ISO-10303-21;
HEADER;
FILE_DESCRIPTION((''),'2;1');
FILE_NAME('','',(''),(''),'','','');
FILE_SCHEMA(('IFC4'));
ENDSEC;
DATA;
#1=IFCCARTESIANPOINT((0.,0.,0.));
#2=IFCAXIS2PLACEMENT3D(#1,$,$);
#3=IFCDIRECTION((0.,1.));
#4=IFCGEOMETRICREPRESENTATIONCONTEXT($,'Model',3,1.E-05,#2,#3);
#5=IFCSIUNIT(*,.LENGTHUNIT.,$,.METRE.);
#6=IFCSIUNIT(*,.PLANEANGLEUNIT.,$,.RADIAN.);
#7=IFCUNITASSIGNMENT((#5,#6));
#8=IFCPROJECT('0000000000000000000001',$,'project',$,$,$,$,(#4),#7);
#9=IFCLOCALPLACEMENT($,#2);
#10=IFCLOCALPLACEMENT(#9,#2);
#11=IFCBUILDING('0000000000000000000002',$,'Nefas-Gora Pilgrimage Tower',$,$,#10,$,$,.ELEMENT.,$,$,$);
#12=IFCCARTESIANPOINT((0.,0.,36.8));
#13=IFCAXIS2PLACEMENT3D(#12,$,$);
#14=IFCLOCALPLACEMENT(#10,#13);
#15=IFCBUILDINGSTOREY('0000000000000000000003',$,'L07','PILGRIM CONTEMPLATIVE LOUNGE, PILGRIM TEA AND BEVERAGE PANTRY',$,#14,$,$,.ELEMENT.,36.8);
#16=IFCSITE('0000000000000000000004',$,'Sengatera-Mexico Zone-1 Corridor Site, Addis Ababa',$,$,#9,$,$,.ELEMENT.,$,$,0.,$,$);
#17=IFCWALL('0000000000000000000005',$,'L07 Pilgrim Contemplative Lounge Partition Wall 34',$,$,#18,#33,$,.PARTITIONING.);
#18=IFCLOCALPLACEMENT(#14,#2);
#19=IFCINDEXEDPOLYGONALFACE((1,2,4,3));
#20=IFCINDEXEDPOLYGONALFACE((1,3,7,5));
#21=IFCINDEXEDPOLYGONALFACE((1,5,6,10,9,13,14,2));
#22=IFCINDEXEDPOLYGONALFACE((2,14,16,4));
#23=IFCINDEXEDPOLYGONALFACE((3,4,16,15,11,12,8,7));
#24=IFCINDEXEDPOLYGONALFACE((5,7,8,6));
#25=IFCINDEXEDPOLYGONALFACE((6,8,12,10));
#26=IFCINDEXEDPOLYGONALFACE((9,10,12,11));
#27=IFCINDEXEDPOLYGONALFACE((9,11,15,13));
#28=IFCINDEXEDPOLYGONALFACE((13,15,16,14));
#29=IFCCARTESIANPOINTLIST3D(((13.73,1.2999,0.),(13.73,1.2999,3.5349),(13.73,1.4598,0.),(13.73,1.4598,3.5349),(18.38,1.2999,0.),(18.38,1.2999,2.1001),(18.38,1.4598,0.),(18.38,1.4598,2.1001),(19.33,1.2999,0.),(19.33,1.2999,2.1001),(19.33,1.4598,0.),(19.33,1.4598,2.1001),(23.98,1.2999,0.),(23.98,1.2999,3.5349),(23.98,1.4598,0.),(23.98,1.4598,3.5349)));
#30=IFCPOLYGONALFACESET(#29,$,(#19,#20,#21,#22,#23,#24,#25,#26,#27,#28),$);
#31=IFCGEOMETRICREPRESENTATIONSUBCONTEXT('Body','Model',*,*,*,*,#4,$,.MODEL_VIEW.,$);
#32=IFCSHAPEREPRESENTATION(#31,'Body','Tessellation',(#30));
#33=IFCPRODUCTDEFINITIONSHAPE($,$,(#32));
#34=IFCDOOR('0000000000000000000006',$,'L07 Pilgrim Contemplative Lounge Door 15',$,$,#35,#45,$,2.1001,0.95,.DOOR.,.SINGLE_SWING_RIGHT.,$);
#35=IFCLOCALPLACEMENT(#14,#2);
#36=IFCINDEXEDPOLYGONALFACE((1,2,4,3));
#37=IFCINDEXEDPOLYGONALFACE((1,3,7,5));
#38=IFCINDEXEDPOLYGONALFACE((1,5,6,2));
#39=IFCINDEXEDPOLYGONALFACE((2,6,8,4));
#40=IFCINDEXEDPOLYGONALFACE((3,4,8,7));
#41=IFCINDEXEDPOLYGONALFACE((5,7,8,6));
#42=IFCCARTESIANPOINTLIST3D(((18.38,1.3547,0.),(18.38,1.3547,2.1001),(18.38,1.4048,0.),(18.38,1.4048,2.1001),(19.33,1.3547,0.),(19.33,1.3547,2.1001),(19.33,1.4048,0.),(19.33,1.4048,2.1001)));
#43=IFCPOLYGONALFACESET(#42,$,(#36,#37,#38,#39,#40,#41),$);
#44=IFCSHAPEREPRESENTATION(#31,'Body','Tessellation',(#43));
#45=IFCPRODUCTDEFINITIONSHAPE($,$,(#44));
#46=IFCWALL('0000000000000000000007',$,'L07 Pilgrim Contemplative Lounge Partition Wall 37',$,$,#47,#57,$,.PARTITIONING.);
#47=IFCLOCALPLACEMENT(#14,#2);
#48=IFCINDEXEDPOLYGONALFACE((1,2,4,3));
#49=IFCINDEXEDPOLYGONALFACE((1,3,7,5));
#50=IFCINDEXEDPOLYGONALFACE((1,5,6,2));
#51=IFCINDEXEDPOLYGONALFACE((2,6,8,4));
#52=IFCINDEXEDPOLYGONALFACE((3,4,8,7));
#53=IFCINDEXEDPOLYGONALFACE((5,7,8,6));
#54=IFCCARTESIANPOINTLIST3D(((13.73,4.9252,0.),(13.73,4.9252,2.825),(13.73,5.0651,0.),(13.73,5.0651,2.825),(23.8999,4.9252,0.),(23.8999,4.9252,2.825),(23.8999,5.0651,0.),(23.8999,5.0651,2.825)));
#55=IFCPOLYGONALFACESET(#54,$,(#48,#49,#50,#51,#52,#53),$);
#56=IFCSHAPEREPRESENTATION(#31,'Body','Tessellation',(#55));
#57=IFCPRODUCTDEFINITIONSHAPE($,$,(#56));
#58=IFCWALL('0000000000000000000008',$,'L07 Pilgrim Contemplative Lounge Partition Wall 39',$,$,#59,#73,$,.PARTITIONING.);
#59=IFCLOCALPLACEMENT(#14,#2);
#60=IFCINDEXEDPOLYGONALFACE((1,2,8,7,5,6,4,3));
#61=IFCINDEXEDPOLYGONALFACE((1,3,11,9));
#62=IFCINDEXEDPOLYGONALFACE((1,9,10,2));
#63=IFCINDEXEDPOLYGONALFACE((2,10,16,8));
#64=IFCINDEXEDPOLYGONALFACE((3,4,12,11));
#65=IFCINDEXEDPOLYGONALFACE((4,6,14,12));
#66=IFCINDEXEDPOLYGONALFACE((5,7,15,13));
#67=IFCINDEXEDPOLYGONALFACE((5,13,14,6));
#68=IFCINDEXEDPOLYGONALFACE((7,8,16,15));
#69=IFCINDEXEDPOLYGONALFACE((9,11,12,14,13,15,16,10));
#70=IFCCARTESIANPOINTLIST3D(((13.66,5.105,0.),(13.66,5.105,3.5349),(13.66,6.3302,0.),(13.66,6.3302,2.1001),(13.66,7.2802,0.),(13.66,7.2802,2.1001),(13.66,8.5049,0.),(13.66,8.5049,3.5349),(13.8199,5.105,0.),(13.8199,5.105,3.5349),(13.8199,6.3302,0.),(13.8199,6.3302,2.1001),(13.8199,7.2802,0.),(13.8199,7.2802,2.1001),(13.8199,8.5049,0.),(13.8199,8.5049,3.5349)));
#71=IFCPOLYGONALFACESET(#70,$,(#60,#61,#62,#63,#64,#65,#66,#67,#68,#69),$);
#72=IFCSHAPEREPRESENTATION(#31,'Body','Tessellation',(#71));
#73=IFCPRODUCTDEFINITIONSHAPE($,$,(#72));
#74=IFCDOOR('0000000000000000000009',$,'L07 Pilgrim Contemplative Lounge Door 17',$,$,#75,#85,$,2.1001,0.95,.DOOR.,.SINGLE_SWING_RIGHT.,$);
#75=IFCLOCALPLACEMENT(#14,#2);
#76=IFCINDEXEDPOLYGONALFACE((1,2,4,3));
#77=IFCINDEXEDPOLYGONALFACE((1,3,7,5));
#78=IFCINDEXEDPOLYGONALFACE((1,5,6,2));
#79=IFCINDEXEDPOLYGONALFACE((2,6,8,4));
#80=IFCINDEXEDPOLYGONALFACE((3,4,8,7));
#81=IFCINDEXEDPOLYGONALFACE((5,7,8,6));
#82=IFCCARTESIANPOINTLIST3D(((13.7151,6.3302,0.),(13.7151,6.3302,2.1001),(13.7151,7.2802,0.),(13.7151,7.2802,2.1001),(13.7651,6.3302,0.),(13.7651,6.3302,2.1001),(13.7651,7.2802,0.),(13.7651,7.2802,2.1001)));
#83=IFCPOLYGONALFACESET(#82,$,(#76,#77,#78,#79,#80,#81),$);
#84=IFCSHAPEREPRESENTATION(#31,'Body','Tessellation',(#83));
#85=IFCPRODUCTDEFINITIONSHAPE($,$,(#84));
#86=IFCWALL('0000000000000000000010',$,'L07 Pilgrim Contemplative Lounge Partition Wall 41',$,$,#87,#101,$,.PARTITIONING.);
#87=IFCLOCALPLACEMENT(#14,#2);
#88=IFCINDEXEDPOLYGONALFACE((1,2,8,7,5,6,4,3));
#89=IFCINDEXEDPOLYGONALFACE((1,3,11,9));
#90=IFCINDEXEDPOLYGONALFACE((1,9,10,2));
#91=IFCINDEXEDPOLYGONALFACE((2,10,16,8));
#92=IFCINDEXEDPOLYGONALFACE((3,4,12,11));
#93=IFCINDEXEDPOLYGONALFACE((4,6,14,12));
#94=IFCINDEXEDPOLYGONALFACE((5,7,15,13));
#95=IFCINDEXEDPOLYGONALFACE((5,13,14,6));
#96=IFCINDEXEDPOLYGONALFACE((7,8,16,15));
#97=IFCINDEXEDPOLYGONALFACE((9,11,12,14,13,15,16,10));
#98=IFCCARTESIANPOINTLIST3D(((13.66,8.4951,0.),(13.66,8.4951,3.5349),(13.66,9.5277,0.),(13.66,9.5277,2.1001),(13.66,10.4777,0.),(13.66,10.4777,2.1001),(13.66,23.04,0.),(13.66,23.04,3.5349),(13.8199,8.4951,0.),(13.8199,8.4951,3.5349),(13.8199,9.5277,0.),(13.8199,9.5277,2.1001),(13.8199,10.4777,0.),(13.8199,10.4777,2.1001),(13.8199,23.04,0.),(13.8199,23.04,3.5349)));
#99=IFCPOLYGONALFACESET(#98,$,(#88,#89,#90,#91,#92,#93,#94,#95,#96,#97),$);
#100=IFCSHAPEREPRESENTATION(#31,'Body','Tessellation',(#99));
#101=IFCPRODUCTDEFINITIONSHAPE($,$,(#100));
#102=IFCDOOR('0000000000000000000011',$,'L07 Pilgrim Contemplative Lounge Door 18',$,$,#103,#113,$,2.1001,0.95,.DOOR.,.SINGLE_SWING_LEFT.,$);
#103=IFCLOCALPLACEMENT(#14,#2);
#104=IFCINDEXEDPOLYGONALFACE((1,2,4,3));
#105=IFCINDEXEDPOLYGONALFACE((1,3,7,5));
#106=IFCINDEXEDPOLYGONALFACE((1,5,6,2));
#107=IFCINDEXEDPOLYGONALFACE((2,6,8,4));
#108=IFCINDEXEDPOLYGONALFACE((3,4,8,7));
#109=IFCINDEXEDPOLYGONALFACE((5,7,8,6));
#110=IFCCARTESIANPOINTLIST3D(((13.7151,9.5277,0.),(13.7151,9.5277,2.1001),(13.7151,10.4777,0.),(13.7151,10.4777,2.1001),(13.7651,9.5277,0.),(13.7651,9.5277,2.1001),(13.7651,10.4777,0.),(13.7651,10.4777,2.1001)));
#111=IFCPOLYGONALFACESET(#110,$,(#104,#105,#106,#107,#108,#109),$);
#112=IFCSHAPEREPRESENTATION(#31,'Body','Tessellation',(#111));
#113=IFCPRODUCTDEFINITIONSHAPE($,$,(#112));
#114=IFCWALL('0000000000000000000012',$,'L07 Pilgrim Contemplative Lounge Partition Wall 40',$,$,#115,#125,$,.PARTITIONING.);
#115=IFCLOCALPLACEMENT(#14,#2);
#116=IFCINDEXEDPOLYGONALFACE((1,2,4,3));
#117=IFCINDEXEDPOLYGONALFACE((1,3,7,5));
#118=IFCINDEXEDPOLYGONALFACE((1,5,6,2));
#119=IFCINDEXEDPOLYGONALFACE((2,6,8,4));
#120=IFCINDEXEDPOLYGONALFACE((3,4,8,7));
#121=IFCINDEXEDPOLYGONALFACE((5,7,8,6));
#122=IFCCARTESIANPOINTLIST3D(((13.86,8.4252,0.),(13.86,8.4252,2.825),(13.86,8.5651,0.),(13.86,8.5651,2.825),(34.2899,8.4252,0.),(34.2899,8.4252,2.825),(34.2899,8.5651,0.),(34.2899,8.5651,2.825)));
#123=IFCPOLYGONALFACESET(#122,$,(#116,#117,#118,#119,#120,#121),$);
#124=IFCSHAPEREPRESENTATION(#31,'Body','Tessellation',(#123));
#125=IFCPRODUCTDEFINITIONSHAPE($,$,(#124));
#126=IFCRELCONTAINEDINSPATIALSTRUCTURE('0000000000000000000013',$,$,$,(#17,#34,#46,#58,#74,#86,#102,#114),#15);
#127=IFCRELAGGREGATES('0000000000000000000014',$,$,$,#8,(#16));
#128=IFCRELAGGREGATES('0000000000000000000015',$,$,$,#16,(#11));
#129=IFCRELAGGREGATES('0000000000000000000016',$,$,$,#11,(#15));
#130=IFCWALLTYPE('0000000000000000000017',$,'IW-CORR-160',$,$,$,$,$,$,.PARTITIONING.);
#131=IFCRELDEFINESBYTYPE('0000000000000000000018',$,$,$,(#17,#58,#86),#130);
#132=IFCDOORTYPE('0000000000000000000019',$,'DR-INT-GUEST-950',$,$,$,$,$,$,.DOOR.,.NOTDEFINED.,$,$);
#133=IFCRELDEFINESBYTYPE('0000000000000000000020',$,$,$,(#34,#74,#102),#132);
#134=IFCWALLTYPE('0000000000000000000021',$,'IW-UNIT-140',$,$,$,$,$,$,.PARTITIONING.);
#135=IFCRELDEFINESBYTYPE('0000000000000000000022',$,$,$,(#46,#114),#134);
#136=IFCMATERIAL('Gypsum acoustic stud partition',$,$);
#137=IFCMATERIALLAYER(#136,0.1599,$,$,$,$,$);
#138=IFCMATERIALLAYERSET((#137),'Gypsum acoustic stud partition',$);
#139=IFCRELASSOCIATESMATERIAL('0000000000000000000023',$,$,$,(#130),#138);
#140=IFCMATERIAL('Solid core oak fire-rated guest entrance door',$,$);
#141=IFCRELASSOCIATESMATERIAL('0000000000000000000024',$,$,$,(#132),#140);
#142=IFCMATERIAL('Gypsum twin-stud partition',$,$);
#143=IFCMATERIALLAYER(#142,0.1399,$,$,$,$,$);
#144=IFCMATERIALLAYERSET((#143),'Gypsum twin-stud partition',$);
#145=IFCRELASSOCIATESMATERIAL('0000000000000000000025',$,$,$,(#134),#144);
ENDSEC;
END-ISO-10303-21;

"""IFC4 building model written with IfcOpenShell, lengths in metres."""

from ifc_helpers import new_model, si_unit, direction, frame, frame_2d, origin, place, context, subcontext, project, spatial, rectangle, extrude, source, transform, mapped, material, layer, layer_set, type_object, element, fill, save


model = new_model("IFC4")

# Units and contexts
model_context = context("Model", 3, precision=1e-05, world=origin(), true_north=direction((0.0, 1.0)))
body_context = subcontext(model_context, "Body", "Model", "MODEL_VIEW")
ifc_project = project(units=[si_unit("LENGTHUNIT", "METRE"), si_unit("PLANEANGLEUNIT", "RADIAN")], contexts=[model_context])

# Site, building, storey
site_placement = place(None, origin())
site = spatial("IfcSite", under=ifc_project, at=site_placement, Name="Sengatera-Mexico Zone-1 Corridor Site, Addis Ababa", CompositionType="ELEMENT", RefElevation=0.0)
building_placement = place(site_placement, origin())
building = spatial("IfcBuilding", under=site, at=building_placement, Name="Nefas-Gora Pilgrimage Tower", CompositionType="ELEMENT")
storey_placement = place(building_placement, frame((0.0, 0.0, 36.8)))
storey = spatial("IfcBuildingStorey", under=building, at=storey_placement, Name="L07", Description="PILGRIM CONTEMPLATIVE LOUNGE, PILGRIM TEA AND BEVERAGE PANTRY", CompositionType="ELEMENT", Elevation=36.8)

# Wall, opening, door
ifc_material_1 = material(Name="Gypsum acoustic stud partition")
ifc_layer_1 = layer(ifc_material_1, 0.1599)
ifc_layer_set_1 = layer_set([ifc_layer_1], Name="Gypsum acoustic stud partition")
wall_type_1 = type_object("IfcWallType", Name="IW-CORR-160", PredefinedType="PARTITIONING", material=ifc_layer_set_1)
shared_shape_1 = source(origin(), body_context, "Body", "SweptSolid", [
    extrude(rectangle(XDim=10.25, YDim=0.1599, at=frame_2d((5.125, 0.0))), origin(), (0.0, 0.0, 1.0), 3.5349),
])
wall_1_placement = place(storey_placement, frame((13.73, 1.3799, 0.0), z_axis=(0.0, 0.0, 1.0), x_axis=(1.0, 0.0, 0.0)))
wall_1 = element("IfcWall", 1, at=wall_1_placement, inside=storey, type_object=wall_type_1, Name="L07 Pilgrim Contemplative Lounge Partition Wall 34", PredefinedType="PARTITIONING", context=body_context, shape_type="MappedRepresentation", body=[
    mapped(shared_shape_1, transform((0.0, 0.0, 0.0), x_axis=(1.0, 0.0, 0.0), y_axis=(0.0, 1.0, 0.0), z_axis=(0.0, 0.0, 1.0), scale=1.0)),
])
opening_1_placement = place(wall_1_placement, frame((4.6499, 0.0, 0.0)))
opening_1 = element("IfcOpeningElement", 2, at=opening_1_placement, cuts=wall_1, PredefinedType="OPENING", context=body_context, shape_type="SweptSolid", body=[
    extrude(rectangle(XDim=0.95, YDim=2.1001, at=frame_2d((0.4751, 1.05))), frame((0.0, 0.0898, 0.0), z_axis=(0.0, -1.0, 0.0), x_axis=(1.0, 0.0, 0.0)), (0.0, 0.0, 1.0), 0.1799),
])
ifc_material_2 = material(Name="Solid core oak fire-rated guest entrance door")
door_type = type_object("IfcDoorType", Name="DR-INT-GUEST-950", OperationType="NOTDEFINED", PredefinedType="DOOR", material=ifc_material_2)
shared_shape_2 = source(origin(), body_context, "Body", "SweptSolid", [
    extrude(rectangle(XDim=0.95, YDim=2.1001, at=frame_2d((0.4751, 1.05))), frame((0.0, 0.0249, 0.0), z_axis=(0.0, -1.0, 0.0), x_axis=(1.0, 0.0, 0.0)), (0.0, 0.0, 1.0), 0.05),
])
door_1_placement = place(opening_1_placement, origin())
door_1 = element("IfcDoor", 3, at=door_1_placement, inside=storey, type_object=door_type, Name="L07 Pilgrim Contemplative Lounge Door 15", OperationType="SINGLE_SWING_RIGHT", OverallHeight=2.1001, OverallWidth=0.95, PredefinedType="DOOR", context=body_context, shape_type="MappedRepresentation", body=[
    mapped(shared_shape_2, transform((0.0, 0.0, 0.0), x_axis=(1.0, 0.0, 0.0), y_axis=(0.0, 1.0, 0.0), z_axis=(0.0, 0.0, 1.0), scale=1.0)),
])
fill(opening_1, door_1)

# Wall
ifc_material_3 = material(Name="Gypsum twin-stud partition")
ifc_layer_2 = layer(ifc_material_3, 0.1399)
ifc_layer_set_2 = layer_set([ifc_layer_2], Name="Gypsum twin-stud partition")
wall_type_2 = type_object("IfcWallType", Name="IW-UNIT-140", PredefinedType="PARTITIONING", material=ifc_layer_set_2)
shared_shape_3 = source(origin(), body_context, "Body", "SweptSolid", [
    extrude(rectangle(XDim=10.1699, YDim=0.1399, at=frame_2d((5.085, 0.0))), origin(), (0.0, 0.0, 1.0), 2.825),
])
wall_2_placement = place(storey_placement, frame((13.73, 4.9951, 0.0), z_axis=(0.0, 0.0, 1.0), x_axis=(1.0, 0.0, 0.0)))
element("IfcWall", 4, at=wall_2_placement, inside=storey, type_object=wall_type_2, Name="L07 Pilgrim Contemplative Lounge Partition Wall 37", PredefinedType="PARTITIONING", context=body_context, shape_type="MappedRepresentation", body=[
    mapped(shared_shape_3, transform((0.0, 0.0, 0.0), x_axis=(1.0, 0.0, 0.0), y_axis=(0.0, 1.0, 0.0), z_axis=(0.0, 0.0, 1.0), scale=1.0)),
])

# Walls, openings, doors
shared_shape_4 = source(origin(), body_context, "Body", "SweptSolid", [
    extrude(rectangle(XDim=3.3999, YDim=0.1599, at=frame_2d((1.7, 0.0))), origin(), (0.0, 0.0, 1.0), 3.5349),
])
wall_3_placement = place(storey_placement, frame((13.74, 5.105, 0.0), z_axis=(0.0, 0.0, 1.0), x_axis=(0.0, 1.0, 0.0)))
wall_3 = element("IfcWall", 5, at=wall_3_placement, inside=storey, type_object=wall_type_1, Name="L07 Pilgrim Contemplative Lounge Partition Wall 39", PredefinedType="PARTITIONING", context=body_context, shape_type="MappedRepresentation", body=[
    mapped(shared_shape_4, transform((0.0, 0.0, 0.0), x_axis=(1.0, 0.0, 0.0), y_axis=(0.0, 1.0, 0.0), z_axis=(0.0, 0.0, 1.0), scale=1.0)),
])
opening_2_placement = place(wall_3_placement, frame((1.2251, 0.0, 0.0)))
opening_2 = element("IfcOpeningElement", 6, at=opening_2_placement, cuts=wall_3, PredefinedType="OPENING", context=body_context, shape_type="SweptSolid", body=[
    extrude(rectangle(XDim=0.95, YDim=2.1001, at=frame_2d((0.4751, 1.05))), frame((0.0, 0.0898, 0.0), z_axis=(0.0, -1.0, 0.0), x_axis=(1.0, 0.0, 0.0)), (0.0, 0.0, 1.0), 0.1799),
])
door_2_placement = place(opening_2_placement, origin())
door_2 = element("IfcDoor", 7, at=door_2_placement, inside=storey, type_object=door_type, Name="L07 Pilgrim Contemplative Lounge Door 17", OperationType="SINGLE_SWING_RIGHT", OverallHeight=2.1001, OverallWidth=0.95, PredefinedType="DOOR", context=body_context, shape_type="MappedRepresentation", body=[
    mapped(shared_shape_2, transform((0.0, 0.0, 0.0), x_axis=(1.0, 0.0, 0.0), y_axis=(0.0, 1.0, 0.0), z_axis=(0.0, 0.0, 1.0), scale=1.0)),
])
fill(opening_2, door_2)
shared_shape_5 = source(origin(), body_context, "Body", "SweptSolid", [
    extrude(rectangle(XDim=14.5449, YDim=0.1599, at=frame_2d((7.2725, 0.0))), origin(), (0.0, 0.0, 1.0), 3.5349),
])
wall_4_placement = place(storey_placement, frame((13.74, 8.4951, 0.0), z_axis=(0.0, 0.0, 1.0), x_axis=(0.0, 1.0, 0.0)))
wall_4 = element("IfcWall", 8, at=wall_4_placement, inside=storey, type_object=wall_type_1, Name="L07 Pilgrim Contemplative Lounge Partition Wall 41", PredefinedType="PARTITIONING", context=body_context, shape_type="MappedRepresentation", body=[
    mapped(shared_shape_5, transform((0.0, 0.0, 0.0), x_axis=(1.0, 0.0, 0.0), y_axis=(0.0, 1.0, 0.0), z_axis=(0.0, 0.0, 1.0), scale=1.0)),
])
opening_3_placement = place(wall_4_placement, frame((1.0325, 0.0, 0.0)))
opening_3 = element("IfcOpeningElement", 9, at=opening_3_placement, cuts=wall_4, PredefinedType="OPENING", context=body_context, shape_type="SweptSolid", body=[
    extrude(rectangle(XDim=0.95, YDim=2.1001, at=frame_2d((0.4751, 1.05))), frame((0.0, 0.0898, 0.0), z_axis=(0.0, -1.0, 0.0), x_axis=(1.0, 0.0, 0.0)), (0.0, 0.0, 1.0), 0.1799),
])
door_3_placement = place(opening_3_placement, origin())
door_3 = element("IfcDoor", 10, at=door_3_placement, inside=storey, type_object=door_type, Name="L07 Pilgrim Contemplative Lounge Door 18", OperationType="SINGLE_SWING_LEFT", OverallHeight=2.1001, OverallWidth=0.95, PredefinedType="DOOR", context=body_context, shape_type="MappedRepresentation", body=[
    mapped(shared_shape_2, transform((0.0, 0.0, 0.0), x_axis=(1.0, 0.0, 0.0), y_axis=(0.0, 1.0, 0.0), z_axis=(0.0, 0.0, 1.0), scale=1.0)),
])
fill(opening_3, door_3)

# Wall
shared_shape_6 = source(origin(), body_context, "Body", "SweptSolid", [
    extrude(rectangle(XDim=20.4299, YDim=0.1399, at=frame_2d((10.2148, 0.0))), origin(), (0.0, 0.0, 1.0), 2.825),
])
wall_5_placement = place(storey_placement, frame((13.8601, 8.4951, 0.0), z_axis=(0.0, 0.0, 1.0), x_axis=(1.0, 0.0, 0.0)))
element("IfcWall", 11, at=wall_5_placement, inside=storey, type_object=wall_type_2, Name="L07 Pilgrim Contemplative Lounge Partition Wall 40", PredefinedType="PARTITIONING", context=body_context, shape_type="MappedRepresentation", body=[
    mapped(shared_shape_6, transform((0.0, 0.0, 0.0), x_axis=(1.0, 0.0, 0.0), y_axis=(0.0, 1.0, 0.0), z_axis=(0.0, 0.0, 1.0), scale=1.0)),
])

save(model, "model.ifc")
